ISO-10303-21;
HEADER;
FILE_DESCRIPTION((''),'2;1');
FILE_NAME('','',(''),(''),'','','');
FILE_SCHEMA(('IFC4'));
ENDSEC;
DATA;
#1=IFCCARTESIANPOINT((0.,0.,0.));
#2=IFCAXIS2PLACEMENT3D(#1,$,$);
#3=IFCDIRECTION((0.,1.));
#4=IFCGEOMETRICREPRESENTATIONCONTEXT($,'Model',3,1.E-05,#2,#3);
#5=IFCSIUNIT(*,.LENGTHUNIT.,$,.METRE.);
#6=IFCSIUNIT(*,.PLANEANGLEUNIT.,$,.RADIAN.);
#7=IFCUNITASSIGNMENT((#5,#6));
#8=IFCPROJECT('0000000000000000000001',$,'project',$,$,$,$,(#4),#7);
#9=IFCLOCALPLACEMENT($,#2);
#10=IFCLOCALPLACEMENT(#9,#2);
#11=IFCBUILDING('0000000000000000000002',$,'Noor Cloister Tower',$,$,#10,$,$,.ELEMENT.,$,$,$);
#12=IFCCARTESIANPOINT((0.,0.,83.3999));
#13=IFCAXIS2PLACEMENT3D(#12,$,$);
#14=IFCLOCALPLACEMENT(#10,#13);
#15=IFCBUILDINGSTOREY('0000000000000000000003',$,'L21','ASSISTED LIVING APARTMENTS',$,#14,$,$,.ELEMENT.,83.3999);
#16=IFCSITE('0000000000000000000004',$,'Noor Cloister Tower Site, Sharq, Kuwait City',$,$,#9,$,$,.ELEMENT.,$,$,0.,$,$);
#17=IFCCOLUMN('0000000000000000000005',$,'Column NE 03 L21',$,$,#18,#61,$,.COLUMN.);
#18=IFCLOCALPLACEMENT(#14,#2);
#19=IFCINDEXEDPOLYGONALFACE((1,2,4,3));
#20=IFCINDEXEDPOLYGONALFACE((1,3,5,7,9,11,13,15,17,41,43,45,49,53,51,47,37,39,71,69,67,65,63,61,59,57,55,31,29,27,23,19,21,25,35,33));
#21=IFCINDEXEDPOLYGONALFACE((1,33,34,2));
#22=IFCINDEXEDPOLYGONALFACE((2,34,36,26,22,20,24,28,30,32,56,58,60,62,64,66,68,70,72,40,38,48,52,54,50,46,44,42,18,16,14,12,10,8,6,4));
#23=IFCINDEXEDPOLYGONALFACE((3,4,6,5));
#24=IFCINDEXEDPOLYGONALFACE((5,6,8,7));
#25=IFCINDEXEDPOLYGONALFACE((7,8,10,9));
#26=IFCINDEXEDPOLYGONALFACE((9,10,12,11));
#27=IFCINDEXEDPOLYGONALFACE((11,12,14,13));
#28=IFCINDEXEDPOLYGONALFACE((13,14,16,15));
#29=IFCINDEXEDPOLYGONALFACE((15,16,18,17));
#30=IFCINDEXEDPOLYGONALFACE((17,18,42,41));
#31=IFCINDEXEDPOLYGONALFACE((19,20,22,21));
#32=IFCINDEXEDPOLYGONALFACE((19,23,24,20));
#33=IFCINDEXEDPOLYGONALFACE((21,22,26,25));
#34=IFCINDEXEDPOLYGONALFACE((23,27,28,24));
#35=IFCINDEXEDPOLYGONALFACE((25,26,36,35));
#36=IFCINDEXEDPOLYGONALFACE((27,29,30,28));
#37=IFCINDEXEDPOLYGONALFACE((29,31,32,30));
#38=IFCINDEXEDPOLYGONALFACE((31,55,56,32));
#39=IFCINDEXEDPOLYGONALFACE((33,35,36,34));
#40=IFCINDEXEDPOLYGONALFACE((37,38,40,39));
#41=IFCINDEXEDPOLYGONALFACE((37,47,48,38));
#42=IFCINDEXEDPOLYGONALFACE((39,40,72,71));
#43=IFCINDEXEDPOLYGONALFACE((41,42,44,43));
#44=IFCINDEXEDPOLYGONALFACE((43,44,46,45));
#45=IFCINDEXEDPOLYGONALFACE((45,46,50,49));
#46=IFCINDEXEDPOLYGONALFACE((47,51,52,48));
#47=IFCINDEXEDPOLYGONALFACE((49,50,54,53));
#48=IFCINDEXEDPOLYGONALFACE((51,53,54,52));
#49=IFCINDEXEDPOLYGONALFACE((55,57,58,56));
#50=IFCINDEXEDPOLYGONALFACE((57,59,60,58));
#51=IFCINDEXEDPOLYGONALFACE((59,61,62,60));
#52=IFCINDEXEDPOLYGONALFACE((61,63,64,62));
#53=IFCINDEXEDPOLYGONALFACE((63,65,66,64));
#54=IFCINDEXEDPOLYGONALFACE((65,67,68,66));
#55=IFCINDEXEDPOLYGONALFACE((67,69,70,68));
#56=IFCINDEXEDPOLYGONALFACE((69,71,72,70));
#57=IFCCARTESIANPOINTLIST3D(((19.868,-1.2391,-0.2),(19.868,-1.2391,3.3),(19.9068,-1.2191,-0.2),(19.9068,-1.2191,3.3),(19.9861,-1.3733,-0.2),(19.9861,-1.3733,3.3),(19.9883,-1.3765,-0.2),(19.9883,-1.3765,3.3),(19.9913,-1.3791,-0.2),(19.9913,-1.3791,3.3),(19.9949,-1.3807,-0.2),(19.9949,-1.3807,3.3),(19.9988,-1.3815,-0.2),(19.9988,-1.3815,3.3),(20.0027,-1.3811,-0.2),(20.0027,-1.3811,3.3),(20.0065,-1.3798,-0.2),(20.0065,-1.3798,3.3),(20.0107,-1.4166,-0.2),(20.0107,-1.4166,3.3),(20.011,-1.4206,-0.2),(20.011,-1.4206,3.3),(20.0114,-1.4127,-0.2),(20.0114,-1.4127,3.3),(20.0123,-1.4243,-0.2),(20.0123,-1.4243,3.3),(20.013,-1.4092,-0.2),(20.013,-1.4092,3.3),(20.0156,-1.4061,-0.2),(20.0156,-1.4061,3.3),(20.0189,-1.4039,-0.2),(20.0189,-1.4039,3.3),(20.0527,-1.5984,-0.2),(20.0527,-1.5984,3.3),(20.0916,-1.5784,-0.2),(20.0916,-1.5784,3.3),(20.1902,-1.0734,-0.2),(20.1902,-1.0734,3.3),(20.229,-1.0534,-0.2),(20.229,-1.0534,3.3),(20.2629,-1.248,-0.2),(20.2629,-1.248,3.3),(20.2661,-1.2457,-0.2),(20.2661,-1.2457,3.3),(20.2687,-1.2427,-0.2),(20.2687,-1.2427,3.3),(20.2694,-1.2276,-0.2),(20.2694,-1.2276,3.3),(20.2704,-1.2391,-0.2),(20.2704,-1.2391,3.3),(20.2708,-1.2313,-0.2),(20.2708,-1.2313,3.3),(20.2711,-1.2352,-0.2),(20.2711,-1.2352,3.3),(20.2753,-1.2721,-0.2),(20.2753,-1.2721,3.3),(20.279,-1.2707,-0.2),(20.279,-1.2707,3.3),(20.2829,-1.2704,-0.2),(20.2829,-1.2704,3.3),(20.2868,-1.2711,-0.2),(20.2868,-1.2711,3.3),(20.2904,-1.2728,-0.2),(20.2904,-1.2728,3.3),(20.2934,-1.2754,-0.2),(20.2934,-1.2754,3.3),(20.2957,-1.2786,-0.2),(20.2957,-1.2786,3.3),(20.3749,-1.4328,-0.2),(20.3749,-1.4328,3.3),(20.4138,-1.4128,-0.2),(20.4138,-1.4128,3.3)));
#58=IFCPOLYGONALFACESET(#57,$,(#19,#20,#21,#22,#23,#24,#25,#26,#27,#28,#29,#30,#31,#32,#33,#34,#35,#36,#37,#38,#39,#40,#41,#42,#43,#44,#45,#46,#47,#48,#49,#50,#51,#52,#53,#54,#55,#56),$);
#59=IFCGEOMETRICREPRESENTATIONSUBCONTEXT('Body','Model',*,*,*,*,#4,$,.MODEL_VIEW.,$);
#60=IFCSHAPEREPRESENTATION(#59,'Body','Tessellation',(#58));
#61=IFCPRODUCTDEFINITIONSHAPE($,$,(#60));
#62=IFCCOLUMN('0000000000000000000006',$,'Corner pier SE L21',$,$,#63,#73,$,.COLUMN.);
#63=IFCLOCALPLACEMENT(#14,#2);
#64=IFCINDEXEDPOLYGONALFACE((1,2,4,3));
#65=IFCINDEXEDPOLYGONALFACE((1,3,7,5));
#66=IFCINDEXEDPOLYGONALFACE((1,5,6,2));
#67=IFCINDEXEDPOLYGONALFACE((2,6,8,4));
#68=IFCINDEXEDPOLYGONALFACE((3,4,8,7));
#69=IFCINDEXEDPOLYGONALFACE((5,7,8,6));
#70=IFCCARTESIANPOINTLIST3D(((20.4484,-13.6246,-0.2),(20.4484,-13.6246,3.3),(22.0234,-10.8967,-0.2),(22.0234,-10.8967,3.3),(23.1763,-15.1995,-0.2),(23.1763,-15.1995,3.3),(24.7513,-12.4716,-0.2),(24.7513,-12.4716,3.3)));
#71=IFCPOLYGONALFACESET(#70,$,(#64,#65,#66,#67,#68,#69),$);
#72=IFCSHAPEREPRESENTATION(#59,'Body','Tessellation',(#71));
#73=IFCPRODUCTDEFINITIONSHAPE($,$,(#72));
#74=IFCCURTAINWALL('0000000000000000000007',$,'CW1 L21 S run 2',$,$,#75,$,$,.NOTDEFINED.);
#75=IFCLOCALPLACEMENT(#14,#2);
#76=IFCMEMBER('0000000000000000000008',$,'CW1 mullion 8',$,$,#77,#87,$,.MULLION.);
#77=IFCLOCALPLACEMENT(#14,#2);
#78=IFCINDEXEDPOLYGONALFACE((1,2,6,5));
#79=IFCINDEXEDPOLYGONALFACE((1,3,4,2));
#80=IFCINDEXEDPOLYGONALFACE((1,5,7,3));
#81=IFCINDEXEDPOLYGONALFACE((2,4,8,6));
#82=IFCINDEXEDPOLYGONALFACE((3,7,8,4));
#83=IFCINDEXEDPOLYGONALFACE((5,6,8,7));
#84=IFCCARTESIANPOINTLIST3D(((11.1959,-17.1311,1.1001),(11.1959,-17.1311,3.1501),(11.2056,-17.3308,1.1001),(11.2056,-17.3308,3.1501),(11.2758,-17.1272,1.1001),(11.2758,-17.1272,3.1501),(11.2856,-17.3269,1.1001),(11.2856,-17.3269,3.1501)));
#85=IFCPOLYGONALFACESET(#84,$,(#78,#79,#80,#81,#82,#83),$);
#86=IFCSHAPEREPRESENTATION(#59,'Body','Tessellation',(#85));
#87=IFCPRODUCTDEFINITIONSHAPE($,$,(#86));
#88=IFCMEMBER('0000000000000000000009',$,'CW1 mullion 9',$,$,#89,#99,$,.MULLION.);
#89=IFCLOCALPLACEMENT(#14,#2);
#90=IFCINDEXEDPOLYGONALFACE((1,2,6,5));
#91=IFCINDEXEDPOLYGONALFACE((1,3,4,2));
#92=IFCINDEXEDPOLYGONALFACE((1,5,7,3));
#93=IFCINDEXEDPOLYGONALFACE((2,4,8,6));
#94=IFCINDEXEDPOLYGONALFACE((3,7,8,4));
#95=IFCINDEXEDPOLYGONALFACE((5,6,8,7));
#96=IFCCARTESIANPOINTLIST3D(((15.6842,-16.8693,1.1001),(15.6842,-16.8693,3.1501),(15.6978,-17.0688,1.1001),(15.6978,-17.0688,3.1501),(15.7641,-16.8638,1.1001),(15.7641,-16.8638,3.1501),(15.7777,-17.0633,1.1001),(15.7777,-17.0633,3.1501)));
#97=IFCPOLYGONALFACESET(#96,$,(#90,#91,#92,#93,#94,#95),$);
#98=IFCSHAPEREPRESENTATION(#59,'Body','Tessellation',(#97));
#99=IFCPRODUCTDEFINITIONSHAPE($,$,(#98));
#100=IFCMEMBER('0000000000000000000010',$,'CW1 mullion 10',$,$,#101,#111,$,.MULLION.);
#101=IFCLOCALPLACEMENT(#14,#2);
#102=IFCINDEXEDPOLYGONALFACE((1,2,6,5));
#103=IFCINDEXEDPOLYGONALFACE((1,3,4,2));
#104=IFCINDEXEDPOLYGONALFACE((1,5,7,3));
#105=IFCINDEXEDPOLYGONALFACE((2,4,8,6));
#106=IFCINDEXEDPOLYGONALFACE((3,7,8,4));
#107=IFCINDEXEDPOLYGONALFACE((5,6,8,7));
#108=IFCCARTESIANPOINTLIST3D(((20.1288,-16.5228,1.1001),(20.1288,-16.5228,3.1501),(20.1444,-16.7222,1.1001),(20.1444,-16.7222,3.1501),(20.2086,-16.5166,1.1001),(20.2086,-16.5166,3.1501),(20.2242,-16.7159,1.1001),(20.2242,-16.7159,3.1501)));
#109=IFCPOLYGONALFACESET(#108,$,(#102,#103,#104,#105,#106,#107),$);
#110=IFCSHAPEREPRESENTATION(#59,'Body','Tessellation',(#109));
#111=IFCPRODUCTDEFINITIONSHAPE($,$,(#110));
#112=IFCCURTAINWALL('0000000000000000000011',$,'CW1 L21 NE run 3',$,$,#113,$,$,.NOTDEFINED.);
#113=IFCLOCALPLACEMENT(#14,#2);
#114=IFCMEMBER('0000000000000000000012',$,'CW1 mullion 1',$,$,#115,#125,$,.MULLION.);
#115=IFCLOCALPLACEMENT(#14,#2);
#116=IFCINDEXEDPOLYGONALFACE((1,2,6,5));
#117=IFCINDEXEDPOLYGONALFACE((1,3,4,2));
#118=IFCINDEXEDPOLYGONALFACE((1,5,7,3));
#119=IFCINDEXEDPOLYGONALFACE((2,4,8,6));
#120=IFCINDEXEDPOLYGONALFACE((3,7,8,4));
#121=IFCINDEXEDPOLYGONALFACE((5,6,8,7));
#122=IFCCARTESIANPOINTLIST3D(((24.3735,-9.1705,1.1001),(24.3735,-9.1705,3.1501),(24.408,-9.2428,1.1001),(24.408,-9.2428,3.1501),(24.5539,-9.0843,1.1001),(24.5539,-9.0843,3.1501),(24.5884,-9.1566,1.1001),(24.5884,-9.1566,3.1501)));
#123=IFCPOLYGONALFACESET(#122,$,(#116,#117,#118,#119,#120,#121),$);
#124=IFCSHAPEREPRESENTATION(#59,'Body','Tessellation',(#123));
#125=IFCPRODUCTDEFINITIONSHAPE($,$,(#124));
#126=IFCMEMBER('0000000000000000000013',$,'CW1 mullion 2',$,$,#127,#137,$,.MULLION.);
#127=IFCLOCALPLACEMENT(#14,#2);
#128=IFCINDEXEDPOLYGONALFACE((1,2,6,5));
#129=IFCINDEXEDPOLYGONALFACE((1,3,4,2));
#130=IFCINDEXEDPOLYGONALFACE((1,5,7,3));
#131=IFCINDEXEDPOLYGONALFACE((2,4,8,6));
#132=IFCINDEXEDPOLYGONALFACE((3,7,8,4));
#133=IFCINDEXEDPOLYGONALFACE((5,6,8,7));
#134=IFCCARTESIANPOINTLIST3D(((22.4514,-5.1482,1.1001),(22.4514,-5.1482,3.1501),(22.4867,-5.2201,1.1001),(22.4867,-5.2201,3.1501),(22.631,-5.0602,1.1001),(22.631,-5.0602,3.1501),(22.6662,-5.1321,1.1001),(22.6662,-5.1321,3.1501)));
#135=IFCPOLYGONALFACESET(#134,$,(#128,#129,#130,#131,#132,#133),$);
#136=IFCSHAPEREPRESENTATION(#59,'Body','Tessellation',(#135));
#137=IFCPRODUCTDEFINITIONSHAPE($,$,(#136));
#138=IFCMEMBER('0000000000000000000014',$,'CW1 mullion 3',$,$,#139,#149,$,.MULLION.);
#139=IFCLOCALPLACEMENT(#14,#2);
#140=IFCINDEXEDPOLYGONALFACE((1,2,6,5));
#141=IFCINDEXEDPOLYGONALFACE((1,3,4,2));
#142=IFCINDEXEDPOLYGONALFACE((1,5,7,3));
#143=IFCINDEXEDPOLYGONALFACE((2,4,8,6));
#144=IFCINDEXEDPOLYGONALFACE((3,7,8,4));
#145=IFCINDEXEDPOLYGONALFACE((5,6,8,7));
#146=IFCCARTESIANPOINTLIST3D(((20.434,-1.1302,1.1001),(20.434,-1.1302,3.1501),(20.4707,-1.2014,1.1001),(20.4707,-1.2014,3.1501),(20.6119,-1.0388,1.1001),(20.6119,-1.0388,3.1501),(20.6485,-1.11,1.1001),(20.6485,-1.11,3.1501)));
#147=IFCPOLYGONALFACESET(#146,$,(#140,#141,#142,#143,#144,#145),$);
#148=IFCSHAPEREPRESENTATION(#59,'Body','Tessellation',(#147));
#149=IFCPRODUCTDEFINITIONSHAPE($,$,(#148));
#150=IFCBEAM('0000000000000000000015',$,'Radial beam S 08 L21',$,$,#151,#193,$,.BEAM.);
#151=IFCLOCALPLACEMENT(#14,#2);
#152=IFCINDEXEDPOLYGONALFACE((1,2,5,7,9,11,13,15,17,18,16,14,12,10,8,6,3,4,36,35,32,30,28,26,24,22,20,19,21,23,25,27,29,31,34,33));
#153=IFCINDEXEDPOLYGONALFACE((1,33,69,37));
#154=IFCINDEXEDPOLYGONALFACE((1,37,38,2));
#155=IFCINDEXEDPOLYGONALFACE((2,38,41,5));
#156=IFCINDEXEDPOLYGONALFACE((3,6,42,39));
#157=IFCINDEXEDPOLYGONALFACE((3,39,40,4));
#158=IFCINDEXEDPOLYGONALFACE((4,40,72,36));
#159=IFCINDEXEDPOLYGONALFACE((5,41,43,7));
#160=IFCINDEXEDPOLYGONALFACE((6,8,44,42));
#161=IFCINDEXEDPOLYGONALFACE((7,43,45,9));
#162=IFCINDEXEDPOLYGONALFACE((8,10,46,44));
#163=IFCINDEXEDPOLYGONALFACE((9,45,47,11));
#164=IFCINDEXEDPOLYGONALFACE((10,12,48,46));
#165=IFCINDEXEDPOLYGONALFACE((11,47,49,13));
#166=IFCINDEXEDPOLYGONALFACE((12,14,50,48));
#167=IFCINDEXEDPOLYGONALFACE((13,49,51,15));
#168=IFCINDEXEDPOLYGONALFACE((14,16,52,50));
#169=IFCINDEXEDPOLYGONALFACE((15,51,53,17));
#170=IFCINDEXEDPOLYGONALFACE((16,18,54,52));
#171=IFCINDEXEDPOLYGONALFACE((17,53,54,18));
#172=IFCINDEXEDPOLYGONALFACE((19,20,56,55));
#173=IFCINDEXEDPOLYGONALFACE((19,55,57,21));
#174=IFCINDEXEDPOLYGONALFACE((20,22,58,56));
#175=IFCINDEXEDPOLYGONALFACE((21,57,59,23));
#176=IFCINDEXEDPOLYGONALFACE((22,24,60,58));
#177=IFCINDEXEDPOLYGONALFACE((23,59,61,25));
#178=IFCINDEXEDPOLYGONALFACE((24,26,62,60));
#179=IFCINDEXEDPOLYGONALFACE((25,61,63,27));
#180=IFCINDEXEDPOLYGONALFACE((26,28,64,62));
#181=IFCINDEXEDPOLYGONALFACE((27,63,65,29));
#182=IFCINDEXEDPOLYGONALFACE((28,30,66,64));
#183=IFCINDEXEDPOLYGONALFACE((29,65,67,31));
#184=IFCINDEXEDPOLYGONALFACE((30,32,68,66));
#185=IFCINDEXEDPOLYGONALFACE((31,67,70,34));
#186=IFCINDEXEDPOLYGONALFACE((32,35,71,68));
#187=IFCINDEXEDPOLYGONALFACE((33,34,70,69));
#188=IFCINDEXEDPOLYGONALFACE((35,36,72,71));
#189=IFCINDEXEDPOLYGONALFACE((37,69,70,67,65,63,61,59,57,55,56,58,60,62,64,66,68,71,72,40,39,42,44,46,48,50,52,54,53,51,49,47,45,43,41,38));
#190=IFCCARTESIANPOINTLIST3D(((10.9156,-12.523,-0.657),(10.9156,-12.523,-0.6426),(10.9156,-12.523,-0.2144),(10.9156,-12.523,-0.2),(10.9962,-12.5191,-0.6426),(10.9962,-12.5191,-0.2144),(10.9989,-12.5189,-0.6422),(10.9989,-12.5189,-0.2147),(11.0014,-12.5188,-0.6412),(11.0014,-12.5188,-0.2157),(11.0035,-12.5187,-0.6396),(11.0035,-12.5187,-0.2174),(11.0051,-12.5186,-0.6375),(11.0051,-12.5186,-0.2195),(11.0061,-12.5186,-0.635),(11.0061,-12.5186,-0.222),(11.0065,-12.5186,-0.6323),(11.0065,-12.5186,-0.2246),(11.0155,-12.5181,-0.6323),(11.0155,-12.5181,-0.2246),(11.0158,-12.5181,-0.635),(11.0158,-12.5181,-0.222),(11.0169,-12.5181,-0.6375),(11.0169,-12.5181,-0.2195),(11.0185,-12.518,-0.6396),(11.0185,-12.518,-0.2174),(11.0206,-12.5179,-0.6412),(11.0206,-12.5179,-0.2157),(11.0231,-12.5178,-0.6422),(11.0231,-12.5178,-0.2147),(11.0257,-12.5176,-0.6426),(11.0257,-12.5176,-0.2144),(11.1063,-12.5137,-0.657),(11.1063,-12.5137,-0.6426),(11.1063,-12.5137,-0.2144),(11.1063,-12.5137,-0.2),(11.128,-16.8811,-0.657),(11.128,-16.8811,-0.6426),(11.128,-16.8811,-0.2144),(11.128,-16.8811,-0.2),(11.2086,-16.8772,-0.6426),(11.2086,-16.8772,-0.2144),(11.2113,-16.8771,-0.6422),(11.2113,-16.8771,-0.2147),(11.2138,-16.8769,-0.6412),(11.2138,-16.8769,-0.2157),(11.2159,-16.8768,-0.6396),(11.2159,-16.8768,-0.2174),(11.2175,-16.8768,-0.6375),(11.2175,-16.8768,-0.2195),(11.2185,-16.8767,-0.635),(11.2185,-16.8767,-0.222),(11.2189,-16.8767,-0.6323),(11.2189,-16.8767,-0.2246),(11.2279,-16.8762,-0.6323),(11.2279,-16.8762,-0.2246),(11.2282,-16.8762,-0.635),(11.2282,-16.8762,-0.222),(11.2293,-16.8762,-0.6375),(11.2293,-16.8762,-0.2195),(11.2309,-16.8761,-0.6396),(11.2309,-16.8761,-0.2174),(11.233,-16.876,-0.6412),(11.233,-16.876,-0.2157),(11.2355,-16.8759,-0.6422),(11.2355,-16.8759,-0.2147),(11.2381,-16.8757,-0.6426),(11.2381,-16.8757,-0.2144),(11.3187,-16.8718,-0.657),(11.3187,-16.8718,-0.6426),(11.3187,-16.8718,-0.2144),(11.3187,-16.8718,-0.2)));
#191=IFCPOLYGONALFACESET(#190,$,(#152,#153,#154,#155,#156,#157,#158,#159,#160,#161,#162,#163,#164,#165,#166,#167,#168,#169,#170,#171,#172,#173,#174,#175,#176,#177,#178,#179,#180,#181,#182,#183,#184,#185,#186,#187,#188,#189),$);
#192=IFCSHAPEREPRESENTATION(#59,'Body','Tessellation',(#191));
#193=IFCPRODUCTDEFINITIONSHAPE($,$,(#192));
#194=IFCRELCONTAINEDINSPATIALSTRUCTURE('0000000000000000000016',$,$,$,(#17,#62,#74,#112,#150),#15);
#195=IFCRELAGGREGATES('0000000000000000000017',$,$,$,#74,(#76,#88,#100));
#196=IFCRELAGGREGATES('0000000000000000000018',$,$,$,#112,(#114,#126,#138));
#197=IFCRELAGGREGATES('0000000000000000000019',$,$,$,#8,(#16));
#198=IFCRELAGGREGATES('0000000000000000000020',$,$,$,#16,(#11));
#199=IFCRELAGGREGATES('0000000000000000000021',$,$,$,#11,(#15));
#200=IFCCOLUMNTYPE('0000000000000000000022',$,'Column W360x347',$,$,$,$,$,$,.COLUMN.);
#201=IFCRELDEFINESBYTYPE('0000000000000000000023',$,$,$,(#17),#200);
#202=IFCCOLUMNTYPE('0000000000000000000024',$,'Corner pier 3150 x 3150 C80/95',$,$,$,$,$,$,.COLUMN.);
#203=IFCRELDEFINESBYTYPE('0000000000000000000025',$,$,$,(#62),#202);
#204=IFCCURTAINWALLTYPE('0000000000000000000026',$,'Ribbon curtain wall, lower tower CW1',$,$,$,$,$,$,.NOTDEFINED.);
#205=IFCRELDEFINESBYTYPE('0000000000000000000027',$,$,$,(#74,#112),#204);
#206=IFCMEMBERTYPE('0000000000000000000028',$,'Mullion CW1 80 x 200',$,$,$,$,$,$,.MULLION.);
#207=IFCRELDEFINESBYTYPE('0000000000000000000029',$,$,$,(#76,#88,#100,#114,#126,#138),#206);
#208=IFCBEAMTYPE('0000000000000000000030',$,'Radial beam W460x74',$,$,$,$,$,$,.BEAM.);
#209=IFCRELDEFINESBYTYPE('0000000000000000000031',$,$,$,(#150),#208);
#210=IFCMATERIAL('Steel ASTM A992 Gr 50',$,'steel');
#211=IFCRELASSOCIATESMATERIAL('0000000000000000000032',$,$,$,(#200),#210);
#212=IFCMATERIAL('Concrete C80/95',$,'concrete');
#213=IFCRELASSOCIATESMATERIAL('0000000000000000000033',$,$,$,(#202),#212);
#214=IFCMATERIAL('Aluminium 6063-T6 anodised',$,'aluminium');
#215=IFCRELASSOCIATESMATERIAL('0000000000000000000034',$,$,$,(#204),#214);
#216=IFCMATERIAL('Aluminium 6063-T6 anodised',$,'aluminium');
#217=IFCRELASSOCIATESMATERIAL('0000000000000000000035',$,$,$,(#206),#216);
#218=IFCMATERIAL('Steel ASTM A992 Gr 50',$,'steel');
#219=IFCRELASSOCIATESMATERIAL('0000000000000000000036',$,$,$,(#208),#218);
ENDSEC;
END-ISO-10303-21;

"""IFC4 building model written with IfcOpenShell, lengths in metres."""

from ifc_helpers import new_model, si_unit, direction, frame, origin, origin_2d, place, context, subcontext, project, spatial, rectangle, i_section, extrude, material, material_profile, profile_set, type_object, element, aggregate, save


model = new_model("IFC4")

# Units and contexts
model_context = context("Model", 3, precision=1e-05, world=origin(), true_north=direction((0.0, 1.0)))
body_context = subcontext(model_context, "Body", "Model", "MODEL_VIEW")
ifc_project = project(units=[si_unit("LENGTHUNIT", "METRE"), si_unit("PLANEANGLEUNIT", "RADIAN")], contexts=[model_context])

# Site, building, storey
site_placement = place(None, origin())
site = spatial("IfcSite", under=ifc_project, at=site_placement, Name="Noor Cloister Tower Site, Sharq, Kuwait City", CompositionType="ELEMENT", RefElevation=0.0)
building_placement = place(site_placement, origin())
building = spatial("IfcBuilding", under=site, at=building_placement, Name="Noor Cloister Tower", CompositionType="ELEMENT")
storey_placement = place(building_placement, frame((0.0, 0.0, 83.3999)))
storey = spatial("IfcBuildingStorey", under=building, at=storey_placement, Name="L21", Description="ASSISTED LIVING APARTMENTS", CompositionType="ELEMENT", Elevation=83.3999)

# Columns
ifc_material_1 = material(Name="Steel ASTM A992 Gr 50", Category="steel")
ifc_material_profile_1 = material_profile(ifc_material_1, i_section(OverallWidth=0.4041, OverallDepth=0.406, WebThickness=0.0271, FlangeThickness=0.0437, FilletRadius=0.0151, at=origin_2d()), Name="W360x347")
ifc_profile_set_1 = profile_set([ifc_material_profile_1], Name="Steel ASTM A992 Gr 50")
column_type_1 = type_object("IfcColumnType", Name="Column W360x347", PredefinedType="COLUMN", material=ifc_profile_set_1)
for number, where, z_axis, x_axis, name in (
    (1, (20.1409, -1.3259, -0.2), (0.0, 0.0, 1.0), (-0.457248, 0.889339, 0.0), "Column NE 03 L21"),
):
    element("IfcColumn", number, at=place(storey_placement, frame(where, z_axis=z_axis, x_axis=x_axis)), inside=storey, type_object=column_type_1, Name=name, PredefinedType="COLUMN", context=body_context, shape_type="SweptSolid", body=[
        extrude(i_section(OverallWidth=0.4041, OverallDepth=0.406, WebThickness=0.0271, FlangeThickness=0.0437, FilletRadius=0.0151, at=origin_2d()), origin(), (0.0, 0.0, 1.0), 3.5),
    ])
ifc_material_2 = material(Name="Concrete C80/95", Category="concrete")
ifc_material_profile_2 = material_profile(ifc_material_2, rectangle(XDim=3.1499, YDim=3.1499, at=origin_2d()), Name="RC 3150x3150")
ifc_profile_set_2 = profile_set([ifc_material_profile_2], Name="Concrete C80/95")
column_type_2 = type_object("IfcColumnType", Name="Corner pier 3150 x 3150 C80/95", PredefinedType="COLUMN", material=ifc_profile_set_2)
column_placement = place(storey_placement, frame((22.5999, -13.0481, -0.2), z_axis=(0.0, 0.0, 1.0), x_axis=(0.866025, -0.5, 0.0)))
element("IfcColumn", 2, at=column_placement, inside=storey, type_object=column_type_2, Name="Corner pier SE L21", PredefinedType="COLUMN", context=body_context, shape_type="SweptSolid", body=[
    extrude(rectangle(XDim=3.1499, YDim=3.1499, at=origin_2d()), origin(), (0.0, 0.0, 1.0), 3.5),
])

# Curtain walls, members
ifc_material_3 = material(Name="Aluminium 6063-T6 anodised", Category="aluminium")
curtain_wall_type = type_object("IfcCurtainWallType", Name="Ribbon curtain wall, lower tower CW1", PredefinedType="NOTDEFINED", material=ifc_material_3)
curtain_wall_1_placement = place(storey_placement, origin())
curtain_wall_1 = element("IfcCurtainWall", 3, at=curtain_wall_1_placement, inside=storey, type_object=curtain_wall_type, Name="CW1 L21 S run 2", PredefinedType="NOTDEFINED")
ifc_material_4 = material(Name="Aluminium 6063-T6 anodised", Category="aluminium")
ifc_material_profile_3 = material_profile(ifc_material_4, rectangle(XDim=0.2, YDim=0.0801, at=origin_2d()), Name="200 x 80 mullion")
ifc_profile_set_3 = profile_set([ifc_material_profile_3], Name="Aluminium 6063-T6 anodised")
member_type = type_object("IfcMemberType", Name="Mullion CW1 80 x 200", PredefinedType="MULLION", material=ifc_profile_set_3)
member_1_placement = place(storey_placement, frame((11.2407, -17.229, 1.1001), z_axis=(0.0, 0.0, 1.0), x_axis=(-0.048681, 0.998814, 0.0)))
member_1 = element("IfcMember", 4, at=member_1_placement, type_object=member_type, Name="CW1 mullion 8", PredefinedType="MULLION", context=body_context, shape_type="SweptSolid", body=[
    extrude(rectangle(XDim=0.2, YDim=0.0801, at=origin_2d()), origin(), (0.0, 0.0, 1.0), 2.05),
])
member_2_placement = place(storey_placement, frame((15.731, -16.9663, 1.1001), z_axis=(0.0, 0.0, 1.0), x_axis=(-0.068127, 0.997677, 0.0)))
member_2 = element("IfcMember", 5, at=member_2_placement, type_object=member_type, Name="CW1 mullion 9", PredefinedType="MULLION", context=body_context, shape_type="SweptSolid", body=[
    extrude(rectangle(XDim=0.2, YDim=0.0801, at=origin_2d()), origin(), (0.0, 0.0, 1.0), 2.05),
])
member_3_placement = place(storey_placement, frame((20.1765, -16.6194, 1.1001), z_axis=(0.0, 0.0, 1.0), x_axis=(-0.077841, 0.996966, 0.0)))
member_3 = element("IfcMember", 6, at=member_3_placement, type_object=member_type, Name="CW1 mullion 10", PredefinedType="MULLION", context=body_context, shape_type="SweptSolid", body=[
    extrude(rectangle(XDim=0.2, YDim=0.0801, at=origin_2d()), origin(), (0.0, 0.0, 1.0), 2.05),
])
curtain_wall_2_placement = place(storey_placement, origin())
curtain_wall_2 = element("IfcCurtainWall", 7, at=curtain_wall_2_placement, inside=storey, type_object=curtain_wall_type, Name="CW1 L21 NE run 3", PredefinedType="NOTDEFINED")
member_4_placement = place(storey_placement, frame((24.481, -9.1636, 1.1001), z_axis=(0.0, 0.0, 1.0), x_axis=(-0.902318, -0.43107, 0.0)))
member_4 = element("IfcMember", 8, at=member_4_placement, type_object=member_type, Name="CW1 mullion 1", PredefinedType="MULLION", context=body_context, shape_type="SweptSolid", body=[
    extrude(rectangle(XDim=0.2, YDim=0.0801, at=origin_2d()), origin(), (0.0, 0.0, 1.0), 2.05),
])
member_5_placement = place(storey_placement, frame((22.5588, -5.1401, 1.1001), z_axis=(0.0, 0.0, 1.0), x_axis=(-0.898077, -0.439838, 0.0)))
member_5 = element("IfcMember", 9, at=member_5_placement, type_object=member_type, Name="CW1 mullion 2", PredefinedType="MULLION", context=body_context, shape_type="SweptSolid", body=[
    extrude(rectangle(XDim=0.2, YDim=0.0801, at=origin_2d()), origin(), (0.0, 0.0, 1.0), 2.05),
])
member_6_placement = place(storey_placement, frame((20.5413, -1.1201, 1.1001), z_axis=(0.0, 0.0, 1.0), x_axis=(-0.889339, -0.457248, 0.0)))
member_6 = element("IfcMember", 10, at=member_6_placement, type_object=member_type, Name="CW1 mullion 3", PredefinedType="MULLION", context=body_context, shape_type="SweptSolid", body=[
    extrude(rectangle(XDim=0.2, YDim=0.0801, at=origin_2d()), origin(), (0.0, 0.0, 1.0), 2.05),
])

# Beam
ifc_material_5 = material(Name="Steel ASTM A992 Gr 50", Category="steel")
ifc_material_profile_4 = material_profile(ifc_material_5, i_section(OverallWidth=0.1909, OverallDepth=0.457, WebThickness=0.009, FlangeThickness=0.0144, FilletRadius=0.0103, at=origin_2d()), Name="W460x74")
ifc_profile_set_4 = profile_set([ifc_material_profile_4], Name="Steel ASTM A992 Gr 50")
beam_type_1 = type_object("IfcBeamType", Name="Radial beam W460x74", PredefinedType="BEAM", material=ifc_profile_set_4)
beam_1_placement = place(storey_placement, frame((11.2234, -16.8765, -0.4285), z_axis=(-0.048679, 0.998814, 0.0), x_axis=(-0.998814, -0.048679, 0.0)))
element("IfcBeam", 11, at=beam_1_placement, inside=storey, type_object=beam_type_1, Name="Radial beam S 08 L21", PredefinedType="BEAM", context=body_context, shape_type="SweptSolid", body=[
    extrude(i_section(OverallWidth=0.1909, OverallDepth=0.457, WebThickness=0.009, FlangeThickness=0.0144, FilletRadius=0.0103, at=origin_2d()), origin(), (0.0, 0.0, 1.0), 4.3633),
])

aggregate(curtain_wall_1, [member_1, member_2, member_3])
aggregate(curtain_wall_2, [member_4, member_5, member_6])

save(model, "model.ifc")
